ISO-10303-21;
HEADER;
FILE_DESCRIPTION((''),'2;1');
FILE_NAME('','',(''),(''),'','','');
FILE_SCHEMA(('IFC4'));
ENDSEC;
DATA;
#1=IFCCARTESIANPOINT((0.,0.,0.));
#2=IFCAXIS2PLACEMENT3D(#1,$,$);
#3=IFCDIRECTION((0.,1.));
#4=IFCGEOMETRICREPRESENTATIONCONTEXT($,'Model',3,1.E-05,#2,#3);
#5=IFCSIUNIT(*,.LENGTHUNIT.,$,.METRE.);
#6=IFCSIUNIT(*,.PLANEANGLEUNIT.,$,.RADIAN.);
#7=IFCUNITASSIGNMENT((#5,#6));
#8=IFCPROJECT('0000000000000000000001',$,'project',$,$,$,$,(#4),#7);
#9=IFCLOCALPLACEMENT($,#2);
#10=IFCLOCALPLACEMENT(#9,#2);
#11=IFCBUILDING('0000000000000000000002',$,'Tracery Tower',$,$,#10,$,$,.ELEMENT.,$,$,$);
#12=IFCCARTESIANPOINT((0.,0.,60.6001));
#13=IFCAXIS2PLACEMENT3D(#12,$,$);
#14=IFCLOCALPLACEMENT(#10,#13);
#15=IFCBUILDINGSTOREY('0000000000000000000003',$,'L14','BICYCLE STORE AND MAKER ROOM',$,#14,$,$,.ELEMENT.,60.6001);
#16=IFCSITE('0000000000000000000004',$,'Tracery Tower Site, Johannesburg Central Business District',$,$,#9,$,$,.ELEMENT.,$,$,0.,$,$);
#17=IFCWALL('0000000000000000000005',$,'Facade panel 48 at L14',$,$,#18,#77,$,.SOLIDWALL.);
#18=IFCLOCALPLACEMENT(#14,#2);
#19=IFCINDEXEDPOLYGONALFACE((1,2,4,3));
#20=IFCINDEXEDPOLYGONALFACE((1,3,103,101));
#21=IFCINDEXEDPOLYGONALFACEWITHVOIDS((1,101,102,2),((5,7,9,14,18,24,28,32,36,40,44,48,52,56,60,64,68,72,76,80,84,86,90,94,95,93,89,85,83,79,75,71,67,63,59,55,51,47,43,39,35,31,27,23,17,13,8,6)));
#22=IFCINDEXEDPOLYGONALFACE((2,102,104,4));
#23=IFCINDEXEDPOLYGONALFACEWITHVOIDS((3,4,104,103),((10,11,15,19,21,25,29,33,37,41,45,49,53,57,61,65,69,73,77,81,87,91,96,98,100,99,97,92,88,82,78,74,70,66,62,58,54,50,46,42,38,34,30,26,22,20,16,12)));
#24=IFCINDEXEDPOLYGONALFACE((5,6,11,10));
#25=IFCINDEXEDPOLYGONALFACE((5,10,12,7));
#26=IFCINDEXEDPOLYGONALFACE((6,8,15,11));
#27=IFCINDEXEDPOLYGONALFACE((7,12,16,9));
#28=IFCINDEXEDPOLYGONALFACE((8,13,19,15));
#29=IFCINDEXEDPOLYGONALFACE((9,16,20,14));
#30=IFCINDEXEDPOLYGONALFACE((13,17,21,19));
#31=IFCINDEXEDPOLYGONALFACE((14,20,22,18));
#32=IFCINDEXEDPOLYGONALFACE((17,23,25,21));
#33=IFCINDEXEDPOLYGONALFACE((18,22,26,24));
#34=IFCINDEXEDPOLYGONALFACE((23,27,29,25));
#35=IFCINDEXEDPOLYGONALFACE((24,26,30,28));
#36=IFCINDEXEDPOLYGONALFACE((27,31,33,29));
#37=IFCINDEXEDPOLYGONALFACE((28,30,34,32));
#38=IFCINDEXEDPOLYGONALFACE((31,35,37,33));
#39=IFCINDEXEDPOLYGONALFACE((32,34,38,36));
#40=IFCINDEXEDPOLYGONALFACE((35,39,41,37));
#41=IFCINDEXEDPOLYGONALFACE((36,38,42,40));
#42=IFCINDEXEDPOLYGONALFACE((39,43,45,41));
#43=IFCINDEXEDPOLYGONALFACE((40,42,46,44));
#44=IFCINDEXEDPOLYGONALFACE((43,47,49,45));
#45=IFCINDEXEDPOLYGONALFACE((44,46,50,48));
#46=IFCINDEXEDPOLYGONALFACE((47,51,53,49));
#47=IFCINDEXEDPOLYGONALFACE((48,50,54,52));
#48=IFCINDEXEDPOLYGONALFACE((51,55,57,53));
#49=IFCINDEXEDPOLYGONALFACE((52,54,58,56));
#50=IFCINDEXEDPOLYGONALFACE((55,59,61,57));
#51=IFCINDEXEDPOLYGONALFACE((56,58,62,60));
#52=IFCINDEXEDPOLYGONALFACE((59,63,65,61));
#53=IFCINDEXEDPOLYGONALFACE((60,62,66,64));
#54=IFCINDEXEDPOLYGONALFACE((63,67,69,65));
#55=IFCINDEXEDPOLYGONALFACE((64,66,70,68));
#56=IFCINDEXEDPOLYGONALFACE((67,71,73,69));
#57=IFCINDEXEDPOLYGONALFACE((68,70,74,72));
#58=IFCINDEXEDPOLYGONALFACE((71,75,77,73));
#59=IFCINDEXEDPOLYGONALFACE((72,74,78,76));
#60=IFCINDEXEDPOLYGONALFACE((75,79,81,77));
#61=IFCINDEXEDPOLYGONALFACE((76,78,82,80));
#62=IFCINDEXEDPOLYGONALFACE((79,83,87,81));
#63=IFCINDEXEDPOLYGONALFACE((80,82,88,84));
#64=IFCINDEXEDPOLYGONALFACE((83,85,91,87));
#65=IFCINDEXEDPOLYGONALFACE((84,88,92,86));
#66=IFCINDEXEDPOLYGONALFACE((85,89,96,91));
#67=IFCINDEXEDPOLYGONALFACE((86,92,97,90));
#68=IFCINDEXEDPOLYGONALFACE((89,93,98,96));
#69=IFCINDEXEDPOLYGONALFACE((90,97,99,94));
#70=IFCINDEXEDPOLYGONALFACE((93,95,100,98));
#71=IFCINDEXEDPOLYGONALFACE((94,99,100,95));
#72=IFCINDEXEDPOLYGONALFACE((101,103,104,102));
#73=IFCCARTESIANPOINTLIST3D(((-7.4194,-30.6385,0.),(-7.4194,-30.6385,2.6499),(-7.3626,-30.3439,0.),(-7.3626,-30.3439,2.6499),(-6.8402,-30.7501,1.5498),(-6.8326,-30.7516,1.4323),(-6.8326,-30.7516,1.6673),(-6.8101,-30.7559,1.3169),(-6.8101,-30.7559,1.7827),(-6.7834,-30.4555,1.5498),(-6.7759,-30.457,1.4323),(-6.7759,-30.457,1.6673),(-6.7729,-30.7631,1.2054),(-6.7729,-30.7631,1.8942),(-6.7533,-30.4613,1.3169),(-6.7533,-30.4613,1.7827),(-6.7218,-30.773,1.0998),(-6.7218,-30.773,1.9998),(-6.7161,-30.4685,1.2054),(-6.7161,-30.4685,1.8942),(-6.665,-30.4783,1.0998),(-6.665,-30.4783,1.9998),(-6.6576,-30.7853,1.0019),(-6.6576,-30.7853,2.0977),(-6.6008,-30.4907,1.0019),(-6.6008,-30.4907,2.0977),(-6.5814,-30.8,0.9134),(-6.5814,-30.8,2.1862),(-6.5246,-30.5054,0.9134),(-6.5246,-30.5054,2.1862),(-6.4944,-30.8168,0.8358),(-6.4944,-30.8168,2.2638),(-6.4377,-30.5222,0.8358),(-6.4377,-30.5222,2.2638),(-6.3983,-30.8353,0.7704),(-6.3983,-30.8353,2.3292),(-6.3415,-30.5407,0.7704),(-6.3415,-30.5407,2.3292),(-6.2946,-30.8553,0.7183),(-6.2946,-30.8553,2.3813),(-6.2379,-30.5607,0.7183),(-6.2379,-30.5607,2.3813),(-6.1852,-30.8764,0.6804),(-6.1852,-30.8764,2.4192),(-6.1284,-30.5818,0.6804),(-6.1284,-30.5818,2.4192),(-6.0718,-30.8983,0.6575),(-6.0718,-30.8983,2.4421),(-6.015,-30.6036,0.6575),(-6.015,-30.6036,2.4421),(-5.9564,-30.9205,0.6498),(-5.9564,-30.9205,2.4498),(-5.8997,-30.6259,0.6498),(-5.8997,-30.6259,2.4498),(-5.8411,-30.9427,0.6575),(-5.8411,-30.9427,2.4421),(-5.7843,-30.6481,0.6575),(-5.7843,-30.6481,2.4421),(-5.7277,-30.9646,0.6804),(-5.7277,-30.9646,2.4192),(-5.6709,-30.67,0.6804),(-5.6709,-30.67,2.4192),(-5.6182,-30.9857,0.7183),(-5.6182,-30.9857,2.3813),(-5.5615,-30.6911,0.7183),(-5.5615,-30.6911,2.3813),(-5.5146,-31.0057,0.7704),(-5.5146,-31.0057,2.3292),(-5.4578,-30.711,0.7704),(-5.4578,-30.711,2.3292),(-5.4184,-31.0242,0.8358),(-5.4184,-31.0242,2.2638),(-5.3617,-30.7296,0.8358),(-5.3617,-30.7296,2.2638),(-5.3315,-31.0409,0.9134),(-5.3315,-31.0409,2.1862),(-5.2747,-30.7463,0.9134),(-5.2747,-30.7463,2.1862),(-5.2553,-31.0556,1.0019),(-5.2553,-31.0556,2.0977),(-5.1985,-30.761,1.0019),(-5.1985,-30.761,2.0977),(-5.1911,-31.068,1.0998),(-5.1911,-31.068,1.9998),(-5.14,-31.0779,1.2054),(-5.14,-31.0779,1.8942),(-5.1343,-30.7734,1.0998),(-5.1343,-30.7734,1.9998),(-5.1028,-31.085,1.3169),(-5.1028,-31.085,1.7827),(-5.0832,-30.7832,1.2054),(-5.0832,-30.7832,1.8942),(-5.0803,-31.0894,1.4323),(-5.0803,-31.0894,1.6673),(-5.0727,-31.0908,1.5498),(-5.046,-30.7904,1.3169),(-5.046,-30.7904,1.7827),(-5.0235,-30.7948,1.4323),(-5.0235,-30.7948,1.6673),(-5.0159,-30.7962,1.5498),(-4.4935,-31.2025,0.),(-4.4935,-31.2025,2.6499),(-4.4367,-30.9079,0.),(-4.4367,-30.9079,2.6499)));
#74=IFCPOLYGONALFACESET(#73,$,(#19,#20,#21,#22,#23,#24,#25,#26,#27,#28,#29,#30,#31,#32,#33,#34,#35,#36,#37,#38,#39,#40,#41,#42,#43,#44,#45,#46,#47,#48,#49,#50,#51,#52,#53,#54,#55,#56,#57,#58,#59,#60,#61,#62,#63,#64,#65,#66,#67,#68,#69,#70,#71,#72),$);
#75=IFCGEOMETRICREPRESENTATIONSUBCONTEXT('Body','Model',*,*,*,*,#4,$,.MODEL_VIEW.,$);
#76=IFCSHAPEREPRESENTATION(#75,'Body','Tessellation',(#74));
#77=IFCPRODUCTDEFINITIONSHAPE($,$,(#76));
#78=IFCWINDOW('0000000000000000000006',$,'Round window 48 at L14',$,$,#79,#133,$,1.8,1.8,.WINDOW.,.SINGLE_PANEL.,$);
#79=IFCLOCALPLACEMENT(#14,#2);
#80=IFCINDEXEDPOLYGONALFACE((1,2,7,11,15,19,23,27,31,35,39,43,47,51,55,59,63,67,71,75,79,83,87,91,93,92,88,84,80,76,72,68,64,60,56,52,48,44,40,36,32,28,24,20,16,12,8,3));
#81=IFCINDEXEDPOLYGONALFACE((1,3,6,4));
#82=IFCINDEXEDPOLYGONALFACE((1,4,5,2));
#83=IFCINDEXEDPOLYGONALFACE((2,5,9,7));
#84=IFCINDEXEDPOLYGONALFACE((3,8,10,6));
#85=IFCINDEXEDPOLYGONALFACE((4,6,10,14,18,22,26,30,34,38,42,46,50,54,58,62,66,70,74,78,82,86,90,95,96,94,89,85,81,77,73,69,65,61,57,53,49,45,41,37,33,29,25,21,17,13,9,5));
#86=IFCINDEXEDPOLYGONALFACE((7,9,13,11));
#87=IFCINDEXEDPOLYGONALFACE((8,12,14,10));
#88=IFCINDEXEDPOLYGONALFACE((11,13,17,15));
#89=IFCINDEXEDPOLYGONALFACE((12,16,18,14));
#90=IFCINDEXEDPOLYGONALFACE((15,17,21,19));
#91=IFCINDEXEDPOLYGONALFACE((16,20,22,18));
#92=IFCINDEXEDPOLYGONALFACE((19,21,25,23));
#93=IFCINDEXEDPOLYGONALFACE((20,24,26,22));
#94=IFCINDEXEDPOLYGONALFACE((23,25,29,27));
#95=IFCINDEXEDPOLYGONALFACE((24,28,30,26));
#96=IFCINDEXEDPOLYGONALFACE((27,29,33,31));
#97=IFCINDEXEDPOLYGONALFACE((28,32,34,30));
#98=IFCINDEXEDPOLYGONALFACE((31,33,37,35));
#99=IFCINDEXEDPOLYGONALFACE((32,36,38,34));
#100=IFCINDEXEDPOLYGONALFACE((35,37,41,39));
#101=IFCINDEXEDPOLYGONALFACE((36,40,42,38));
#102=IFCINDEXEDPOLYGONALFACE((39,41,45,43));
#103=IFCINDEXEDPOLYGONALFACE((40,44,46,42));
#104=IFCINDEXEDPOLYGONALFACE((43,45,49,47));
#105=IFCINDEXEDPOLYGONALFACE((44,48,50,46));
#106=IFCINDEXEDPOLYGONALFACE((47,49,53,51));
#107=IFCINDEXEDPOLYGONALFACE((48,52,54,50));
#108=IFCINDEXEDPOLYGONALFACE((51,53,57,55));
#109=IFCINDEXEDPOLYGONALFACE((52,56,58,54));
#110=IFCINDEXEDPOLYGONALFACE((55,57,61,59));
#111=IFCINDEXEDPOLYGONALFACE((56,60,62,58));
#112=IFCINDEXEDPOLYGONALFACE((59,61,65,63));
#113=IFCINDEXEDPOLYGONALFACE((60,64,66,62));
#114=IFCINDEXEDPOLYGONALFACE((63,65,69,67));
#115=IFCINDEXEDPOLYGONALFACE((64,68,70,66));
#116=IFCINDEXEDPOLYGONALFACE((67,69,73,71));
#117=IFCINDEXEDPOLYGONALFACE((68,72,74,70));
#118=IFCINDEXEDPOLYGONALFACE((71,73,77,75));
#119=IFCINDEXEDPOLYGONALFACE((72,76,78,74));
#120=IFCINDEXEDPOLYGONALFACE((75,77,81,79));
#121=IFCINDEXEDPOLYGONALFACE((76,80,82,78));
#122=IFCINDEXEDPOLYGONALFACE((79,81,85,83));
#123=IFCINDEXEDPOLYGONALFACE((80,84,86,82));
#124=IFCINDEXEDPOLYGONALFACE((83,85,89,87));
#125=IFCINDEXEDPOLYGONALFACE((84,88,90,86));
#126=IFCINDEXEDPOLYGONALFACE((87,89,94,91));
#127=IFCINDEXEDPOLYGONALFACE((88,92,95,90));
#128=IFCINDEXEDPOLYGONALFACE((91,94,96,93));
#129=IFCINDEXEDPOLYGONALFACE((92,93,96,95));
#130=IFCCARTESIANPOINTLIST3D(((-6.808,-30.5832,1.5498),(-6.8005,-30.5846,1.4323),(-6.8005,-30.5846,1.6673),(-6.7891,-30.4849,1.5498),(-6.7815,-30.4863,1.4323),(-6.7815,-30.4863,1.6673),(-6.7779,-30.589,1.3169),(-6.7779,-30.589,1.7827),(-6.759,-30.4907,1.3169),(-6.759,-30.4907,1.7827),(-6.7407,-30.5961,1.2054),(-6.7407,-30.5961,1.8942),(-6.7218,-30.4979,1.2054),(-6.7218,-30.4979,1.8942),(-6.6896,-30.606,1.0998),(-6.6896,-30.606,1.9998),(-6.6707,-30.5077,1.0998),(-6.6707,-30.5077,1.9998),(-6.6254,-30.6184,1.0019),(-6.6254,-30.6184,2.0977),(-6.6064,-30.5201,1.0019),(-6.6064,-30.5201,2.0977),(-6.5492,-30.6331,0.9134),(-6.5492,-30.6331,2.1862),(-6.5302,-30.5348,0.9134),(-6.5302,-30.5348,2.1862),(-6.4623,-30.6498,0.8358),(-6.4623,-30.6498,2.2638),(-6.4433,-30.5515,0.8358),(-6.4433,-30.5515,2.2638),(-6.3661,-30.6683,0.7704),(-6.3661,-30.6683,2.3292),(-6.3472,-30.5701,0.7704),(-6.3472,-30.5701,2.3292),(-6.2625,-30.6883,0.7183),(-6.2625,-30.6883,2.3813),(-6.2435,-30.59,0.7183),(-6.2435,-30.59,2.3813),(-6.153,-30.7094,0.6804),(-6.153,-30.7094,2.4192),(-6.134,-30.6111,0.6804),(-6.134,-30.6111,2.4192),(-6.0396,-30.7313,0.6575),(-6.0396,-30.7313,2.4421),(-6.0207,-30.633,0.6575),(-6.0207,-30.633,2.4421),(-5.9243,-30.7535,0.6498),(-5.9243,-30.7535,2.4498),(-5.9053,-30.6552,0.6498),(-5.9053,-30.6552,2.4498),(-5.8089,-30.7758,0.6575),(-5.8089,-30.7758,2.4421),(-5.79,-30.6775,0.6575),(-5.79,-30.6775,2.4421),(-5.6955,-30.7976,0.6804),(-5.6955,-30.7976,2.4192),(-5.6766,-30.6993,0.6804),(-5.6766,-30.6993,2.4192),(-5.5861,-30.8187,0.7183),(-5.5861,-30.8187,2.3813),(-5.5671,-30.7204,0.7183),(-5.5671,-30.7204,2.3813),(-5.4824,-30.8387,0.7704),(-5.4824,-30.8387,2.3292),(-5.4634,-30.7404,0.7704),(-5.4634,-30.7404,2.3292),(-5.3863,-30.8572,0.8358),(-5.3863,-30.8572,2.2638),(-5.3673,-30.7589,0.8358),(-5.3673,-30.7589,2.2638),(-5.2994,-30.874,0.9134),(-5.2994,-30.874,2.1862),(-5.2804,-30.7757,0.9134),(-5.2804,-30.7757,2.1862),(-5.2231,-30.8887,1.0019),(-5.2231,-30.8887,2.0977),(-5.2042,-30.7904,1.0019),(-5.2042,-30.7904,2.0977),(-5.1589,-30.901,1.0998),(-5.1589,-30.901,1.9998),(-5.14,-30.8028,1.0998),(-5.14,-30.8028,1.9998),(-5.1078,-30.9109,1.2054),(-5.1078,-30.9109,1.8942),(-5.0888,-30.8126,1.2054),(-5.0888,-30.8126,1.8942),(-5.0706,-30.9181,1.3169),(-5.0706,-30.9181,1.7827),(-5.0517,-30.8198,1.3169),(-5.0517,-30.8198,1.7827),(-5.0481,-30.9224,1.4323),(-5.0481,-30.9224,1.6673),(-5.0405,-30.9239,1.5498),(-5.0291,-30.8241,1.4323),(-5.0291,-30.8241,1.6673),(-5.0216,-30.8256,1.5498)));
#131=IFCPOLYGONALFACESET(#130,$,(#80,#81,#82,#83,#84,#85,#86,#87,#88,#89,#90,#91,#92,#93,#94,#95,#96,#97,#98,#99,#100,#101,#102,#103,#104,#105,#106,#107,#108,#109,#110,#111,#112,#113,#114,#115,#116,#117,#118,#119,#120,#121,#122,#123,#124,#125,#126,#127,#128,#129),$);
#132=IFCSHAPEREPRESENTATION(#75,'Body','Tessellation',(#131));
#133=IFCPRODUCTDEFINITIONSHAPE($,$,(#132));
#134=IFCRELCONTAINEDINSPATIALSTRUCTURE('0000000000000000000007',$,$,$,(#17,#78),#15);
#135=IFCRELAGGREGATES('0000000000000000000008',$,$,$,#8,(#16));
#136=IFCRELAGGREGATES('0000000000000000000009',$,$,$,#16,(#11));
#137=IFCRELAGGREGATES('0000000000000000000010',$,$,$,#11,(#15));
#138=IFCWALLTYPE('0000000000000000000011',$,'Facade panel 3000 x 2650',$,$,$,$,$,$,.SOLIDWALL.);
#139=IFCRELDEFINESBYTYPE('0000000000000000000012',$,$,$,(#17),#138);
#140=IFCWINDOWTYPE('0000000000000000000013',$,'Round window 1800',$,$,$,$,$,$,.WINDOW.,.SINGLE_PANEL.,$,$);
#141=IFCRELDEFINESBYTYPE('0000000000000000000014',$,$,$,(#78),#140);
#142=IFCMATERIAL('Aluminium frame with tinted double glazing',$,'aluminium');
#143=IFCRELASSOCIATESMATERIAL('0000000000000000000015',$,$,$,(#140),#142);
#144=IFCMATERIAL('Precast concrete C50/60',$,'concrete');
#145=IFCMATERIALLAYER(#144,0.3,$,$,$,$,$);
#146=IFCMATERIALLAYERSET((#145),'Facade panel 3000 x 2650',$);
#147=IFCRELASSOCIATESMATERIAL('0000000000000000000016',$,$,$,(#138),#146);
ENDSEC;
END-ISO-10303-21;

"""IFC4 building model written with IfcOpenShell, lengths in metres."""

from ifc_helpers import new_model, si_unit, direction, frame, frame_2d, origin, origin_2d, place, context, subcontext, project, spatial, rectangle, circle, extrude, material, layer, layer_set, type_object, element, fill, save


model = new_model("IFC4")

# Units and contexts
model_context = context("Model", 3, precision=1e-05, world=origin(), true_north=direction((0.0, 1.0)))
body_context = subcontext(model_context, "Body", "Model", "MODEL_VIEW")
ifc_project = project(units=[si_unit("LENGTHUNIT", "METRE"), si_unit("PLANEANGLEUNIT", "RADIAN")], contexts=[model_context])

# Site, building, storey
site_placement = place(None, origin())
site = spatial("IfcSite", under=ifc_project, at=site_placement, Name="Tracery Tower Site, Johannesburg Central Business District", CompositionType="ELEMENT", RefElevation=0.0)
building_placement = place(site_placement, origin())
building = spatial("IfcBuilding", under=site, at=building_placement, Name="Tracery Tower", CompositionType="ELEMENT")
storey_placement = place(building_placement, frame((0.0, 0.0, 60.6001)))
storey = spatial("IfcBuildingStorey", under=building, at=storey_placement, Name="L14", Description="BICYCLE STORE AND MAKER ROOM", CompositionType="ELEMENT", Elevation=60.6001)

# Wall, opening, window
ifc_material_1 = material(Name="Aluminium frame with tinted double glazing", Category="aluminium")
window_type = type_object("IfcWindowType", Name="Round window 1800", PartitioningType="SINGLE_PANEL", PredefinedType="WINDOW", material=ifc_material_1)
ifc_material_2 = material(Name="Precast concrete C50/60", Category="concrete")
ifc_layer_1 = layer(ifc_material_2, 0.3)
ifc_layer_set_1 = layer_set([ifc_layer_1], Name="Facade panel 3000 x 2650")
wall_type_1 = type_object("IfcWallType", Name="Facade panel 3000 x 2650", PredefinedType="SOLIDWALL", material=ifc_layer_set_1)
wall_1_placement = place(storey_placement, frame((-7.3909, -30.4912, 0.0), z_axis=(0.0, 0.0, 1.0), x_axis=(0.981925, -0.189273, 0.0)))
wall_1 = element("IfcWall", 1, at=wall_1_placement, inside=storey, type_object=wall_type_1, Name="Facade panel 48 at L14", PredefinedType="SOLIDWALL", context=body_context, shape_type="SweptSolid", body=[
    extrude(rectangle(XDim=2.9797, YDim=0.3, at=frame_2d((1.4897, 0.0))), origin(), (0.0, 0.0, 1.0), 2.6499),
])
opening_1_placement = place(wall_1_placement, frame((1.4897, 0.0, 1.5498)))
opening_1 = element("IfcOpeningElement", 2, at=opening_1_placement, cuts=wall_1, PredefinedType="OPENING", context=body_context, shape_type="SweptSolid", body=[
    extrude(circle(Radius=0.9, at=origin_2d()), frame((0.0, 0.1599, 0.0), z_axis=(0.0, -1.0, 0.0), x_axis=(1.0, 0.0, 0.0)), (0.0, 0.0, 1.0), 0.3201),
])
window_1_placement = place(opening_1_placement, origin())
window_1 = element("IfcWindow", 3, at=window_1_placement, inside=storey, type_object=window_type, Name="Round window 48 at L14", OverallHeight=1.8, OverallWidth=1.8, PartitioningType="SINGLE_PANEL", PredefinedType="WINDOW", context=body_context, shape_type="SweptSolid", body=[
    extrude(circle(Radius=0.9, at=origin_2d()), frame((0.0, 0.1201, 0.0), z_axis=(0.0, -1.0, 0.0), x_axis=(1.0, 0.0, 0.0)), (0.0, 0.0, 1.0), 0.1001),
])
fill(opening_1, window_1)

save(model, "model.ifc")
